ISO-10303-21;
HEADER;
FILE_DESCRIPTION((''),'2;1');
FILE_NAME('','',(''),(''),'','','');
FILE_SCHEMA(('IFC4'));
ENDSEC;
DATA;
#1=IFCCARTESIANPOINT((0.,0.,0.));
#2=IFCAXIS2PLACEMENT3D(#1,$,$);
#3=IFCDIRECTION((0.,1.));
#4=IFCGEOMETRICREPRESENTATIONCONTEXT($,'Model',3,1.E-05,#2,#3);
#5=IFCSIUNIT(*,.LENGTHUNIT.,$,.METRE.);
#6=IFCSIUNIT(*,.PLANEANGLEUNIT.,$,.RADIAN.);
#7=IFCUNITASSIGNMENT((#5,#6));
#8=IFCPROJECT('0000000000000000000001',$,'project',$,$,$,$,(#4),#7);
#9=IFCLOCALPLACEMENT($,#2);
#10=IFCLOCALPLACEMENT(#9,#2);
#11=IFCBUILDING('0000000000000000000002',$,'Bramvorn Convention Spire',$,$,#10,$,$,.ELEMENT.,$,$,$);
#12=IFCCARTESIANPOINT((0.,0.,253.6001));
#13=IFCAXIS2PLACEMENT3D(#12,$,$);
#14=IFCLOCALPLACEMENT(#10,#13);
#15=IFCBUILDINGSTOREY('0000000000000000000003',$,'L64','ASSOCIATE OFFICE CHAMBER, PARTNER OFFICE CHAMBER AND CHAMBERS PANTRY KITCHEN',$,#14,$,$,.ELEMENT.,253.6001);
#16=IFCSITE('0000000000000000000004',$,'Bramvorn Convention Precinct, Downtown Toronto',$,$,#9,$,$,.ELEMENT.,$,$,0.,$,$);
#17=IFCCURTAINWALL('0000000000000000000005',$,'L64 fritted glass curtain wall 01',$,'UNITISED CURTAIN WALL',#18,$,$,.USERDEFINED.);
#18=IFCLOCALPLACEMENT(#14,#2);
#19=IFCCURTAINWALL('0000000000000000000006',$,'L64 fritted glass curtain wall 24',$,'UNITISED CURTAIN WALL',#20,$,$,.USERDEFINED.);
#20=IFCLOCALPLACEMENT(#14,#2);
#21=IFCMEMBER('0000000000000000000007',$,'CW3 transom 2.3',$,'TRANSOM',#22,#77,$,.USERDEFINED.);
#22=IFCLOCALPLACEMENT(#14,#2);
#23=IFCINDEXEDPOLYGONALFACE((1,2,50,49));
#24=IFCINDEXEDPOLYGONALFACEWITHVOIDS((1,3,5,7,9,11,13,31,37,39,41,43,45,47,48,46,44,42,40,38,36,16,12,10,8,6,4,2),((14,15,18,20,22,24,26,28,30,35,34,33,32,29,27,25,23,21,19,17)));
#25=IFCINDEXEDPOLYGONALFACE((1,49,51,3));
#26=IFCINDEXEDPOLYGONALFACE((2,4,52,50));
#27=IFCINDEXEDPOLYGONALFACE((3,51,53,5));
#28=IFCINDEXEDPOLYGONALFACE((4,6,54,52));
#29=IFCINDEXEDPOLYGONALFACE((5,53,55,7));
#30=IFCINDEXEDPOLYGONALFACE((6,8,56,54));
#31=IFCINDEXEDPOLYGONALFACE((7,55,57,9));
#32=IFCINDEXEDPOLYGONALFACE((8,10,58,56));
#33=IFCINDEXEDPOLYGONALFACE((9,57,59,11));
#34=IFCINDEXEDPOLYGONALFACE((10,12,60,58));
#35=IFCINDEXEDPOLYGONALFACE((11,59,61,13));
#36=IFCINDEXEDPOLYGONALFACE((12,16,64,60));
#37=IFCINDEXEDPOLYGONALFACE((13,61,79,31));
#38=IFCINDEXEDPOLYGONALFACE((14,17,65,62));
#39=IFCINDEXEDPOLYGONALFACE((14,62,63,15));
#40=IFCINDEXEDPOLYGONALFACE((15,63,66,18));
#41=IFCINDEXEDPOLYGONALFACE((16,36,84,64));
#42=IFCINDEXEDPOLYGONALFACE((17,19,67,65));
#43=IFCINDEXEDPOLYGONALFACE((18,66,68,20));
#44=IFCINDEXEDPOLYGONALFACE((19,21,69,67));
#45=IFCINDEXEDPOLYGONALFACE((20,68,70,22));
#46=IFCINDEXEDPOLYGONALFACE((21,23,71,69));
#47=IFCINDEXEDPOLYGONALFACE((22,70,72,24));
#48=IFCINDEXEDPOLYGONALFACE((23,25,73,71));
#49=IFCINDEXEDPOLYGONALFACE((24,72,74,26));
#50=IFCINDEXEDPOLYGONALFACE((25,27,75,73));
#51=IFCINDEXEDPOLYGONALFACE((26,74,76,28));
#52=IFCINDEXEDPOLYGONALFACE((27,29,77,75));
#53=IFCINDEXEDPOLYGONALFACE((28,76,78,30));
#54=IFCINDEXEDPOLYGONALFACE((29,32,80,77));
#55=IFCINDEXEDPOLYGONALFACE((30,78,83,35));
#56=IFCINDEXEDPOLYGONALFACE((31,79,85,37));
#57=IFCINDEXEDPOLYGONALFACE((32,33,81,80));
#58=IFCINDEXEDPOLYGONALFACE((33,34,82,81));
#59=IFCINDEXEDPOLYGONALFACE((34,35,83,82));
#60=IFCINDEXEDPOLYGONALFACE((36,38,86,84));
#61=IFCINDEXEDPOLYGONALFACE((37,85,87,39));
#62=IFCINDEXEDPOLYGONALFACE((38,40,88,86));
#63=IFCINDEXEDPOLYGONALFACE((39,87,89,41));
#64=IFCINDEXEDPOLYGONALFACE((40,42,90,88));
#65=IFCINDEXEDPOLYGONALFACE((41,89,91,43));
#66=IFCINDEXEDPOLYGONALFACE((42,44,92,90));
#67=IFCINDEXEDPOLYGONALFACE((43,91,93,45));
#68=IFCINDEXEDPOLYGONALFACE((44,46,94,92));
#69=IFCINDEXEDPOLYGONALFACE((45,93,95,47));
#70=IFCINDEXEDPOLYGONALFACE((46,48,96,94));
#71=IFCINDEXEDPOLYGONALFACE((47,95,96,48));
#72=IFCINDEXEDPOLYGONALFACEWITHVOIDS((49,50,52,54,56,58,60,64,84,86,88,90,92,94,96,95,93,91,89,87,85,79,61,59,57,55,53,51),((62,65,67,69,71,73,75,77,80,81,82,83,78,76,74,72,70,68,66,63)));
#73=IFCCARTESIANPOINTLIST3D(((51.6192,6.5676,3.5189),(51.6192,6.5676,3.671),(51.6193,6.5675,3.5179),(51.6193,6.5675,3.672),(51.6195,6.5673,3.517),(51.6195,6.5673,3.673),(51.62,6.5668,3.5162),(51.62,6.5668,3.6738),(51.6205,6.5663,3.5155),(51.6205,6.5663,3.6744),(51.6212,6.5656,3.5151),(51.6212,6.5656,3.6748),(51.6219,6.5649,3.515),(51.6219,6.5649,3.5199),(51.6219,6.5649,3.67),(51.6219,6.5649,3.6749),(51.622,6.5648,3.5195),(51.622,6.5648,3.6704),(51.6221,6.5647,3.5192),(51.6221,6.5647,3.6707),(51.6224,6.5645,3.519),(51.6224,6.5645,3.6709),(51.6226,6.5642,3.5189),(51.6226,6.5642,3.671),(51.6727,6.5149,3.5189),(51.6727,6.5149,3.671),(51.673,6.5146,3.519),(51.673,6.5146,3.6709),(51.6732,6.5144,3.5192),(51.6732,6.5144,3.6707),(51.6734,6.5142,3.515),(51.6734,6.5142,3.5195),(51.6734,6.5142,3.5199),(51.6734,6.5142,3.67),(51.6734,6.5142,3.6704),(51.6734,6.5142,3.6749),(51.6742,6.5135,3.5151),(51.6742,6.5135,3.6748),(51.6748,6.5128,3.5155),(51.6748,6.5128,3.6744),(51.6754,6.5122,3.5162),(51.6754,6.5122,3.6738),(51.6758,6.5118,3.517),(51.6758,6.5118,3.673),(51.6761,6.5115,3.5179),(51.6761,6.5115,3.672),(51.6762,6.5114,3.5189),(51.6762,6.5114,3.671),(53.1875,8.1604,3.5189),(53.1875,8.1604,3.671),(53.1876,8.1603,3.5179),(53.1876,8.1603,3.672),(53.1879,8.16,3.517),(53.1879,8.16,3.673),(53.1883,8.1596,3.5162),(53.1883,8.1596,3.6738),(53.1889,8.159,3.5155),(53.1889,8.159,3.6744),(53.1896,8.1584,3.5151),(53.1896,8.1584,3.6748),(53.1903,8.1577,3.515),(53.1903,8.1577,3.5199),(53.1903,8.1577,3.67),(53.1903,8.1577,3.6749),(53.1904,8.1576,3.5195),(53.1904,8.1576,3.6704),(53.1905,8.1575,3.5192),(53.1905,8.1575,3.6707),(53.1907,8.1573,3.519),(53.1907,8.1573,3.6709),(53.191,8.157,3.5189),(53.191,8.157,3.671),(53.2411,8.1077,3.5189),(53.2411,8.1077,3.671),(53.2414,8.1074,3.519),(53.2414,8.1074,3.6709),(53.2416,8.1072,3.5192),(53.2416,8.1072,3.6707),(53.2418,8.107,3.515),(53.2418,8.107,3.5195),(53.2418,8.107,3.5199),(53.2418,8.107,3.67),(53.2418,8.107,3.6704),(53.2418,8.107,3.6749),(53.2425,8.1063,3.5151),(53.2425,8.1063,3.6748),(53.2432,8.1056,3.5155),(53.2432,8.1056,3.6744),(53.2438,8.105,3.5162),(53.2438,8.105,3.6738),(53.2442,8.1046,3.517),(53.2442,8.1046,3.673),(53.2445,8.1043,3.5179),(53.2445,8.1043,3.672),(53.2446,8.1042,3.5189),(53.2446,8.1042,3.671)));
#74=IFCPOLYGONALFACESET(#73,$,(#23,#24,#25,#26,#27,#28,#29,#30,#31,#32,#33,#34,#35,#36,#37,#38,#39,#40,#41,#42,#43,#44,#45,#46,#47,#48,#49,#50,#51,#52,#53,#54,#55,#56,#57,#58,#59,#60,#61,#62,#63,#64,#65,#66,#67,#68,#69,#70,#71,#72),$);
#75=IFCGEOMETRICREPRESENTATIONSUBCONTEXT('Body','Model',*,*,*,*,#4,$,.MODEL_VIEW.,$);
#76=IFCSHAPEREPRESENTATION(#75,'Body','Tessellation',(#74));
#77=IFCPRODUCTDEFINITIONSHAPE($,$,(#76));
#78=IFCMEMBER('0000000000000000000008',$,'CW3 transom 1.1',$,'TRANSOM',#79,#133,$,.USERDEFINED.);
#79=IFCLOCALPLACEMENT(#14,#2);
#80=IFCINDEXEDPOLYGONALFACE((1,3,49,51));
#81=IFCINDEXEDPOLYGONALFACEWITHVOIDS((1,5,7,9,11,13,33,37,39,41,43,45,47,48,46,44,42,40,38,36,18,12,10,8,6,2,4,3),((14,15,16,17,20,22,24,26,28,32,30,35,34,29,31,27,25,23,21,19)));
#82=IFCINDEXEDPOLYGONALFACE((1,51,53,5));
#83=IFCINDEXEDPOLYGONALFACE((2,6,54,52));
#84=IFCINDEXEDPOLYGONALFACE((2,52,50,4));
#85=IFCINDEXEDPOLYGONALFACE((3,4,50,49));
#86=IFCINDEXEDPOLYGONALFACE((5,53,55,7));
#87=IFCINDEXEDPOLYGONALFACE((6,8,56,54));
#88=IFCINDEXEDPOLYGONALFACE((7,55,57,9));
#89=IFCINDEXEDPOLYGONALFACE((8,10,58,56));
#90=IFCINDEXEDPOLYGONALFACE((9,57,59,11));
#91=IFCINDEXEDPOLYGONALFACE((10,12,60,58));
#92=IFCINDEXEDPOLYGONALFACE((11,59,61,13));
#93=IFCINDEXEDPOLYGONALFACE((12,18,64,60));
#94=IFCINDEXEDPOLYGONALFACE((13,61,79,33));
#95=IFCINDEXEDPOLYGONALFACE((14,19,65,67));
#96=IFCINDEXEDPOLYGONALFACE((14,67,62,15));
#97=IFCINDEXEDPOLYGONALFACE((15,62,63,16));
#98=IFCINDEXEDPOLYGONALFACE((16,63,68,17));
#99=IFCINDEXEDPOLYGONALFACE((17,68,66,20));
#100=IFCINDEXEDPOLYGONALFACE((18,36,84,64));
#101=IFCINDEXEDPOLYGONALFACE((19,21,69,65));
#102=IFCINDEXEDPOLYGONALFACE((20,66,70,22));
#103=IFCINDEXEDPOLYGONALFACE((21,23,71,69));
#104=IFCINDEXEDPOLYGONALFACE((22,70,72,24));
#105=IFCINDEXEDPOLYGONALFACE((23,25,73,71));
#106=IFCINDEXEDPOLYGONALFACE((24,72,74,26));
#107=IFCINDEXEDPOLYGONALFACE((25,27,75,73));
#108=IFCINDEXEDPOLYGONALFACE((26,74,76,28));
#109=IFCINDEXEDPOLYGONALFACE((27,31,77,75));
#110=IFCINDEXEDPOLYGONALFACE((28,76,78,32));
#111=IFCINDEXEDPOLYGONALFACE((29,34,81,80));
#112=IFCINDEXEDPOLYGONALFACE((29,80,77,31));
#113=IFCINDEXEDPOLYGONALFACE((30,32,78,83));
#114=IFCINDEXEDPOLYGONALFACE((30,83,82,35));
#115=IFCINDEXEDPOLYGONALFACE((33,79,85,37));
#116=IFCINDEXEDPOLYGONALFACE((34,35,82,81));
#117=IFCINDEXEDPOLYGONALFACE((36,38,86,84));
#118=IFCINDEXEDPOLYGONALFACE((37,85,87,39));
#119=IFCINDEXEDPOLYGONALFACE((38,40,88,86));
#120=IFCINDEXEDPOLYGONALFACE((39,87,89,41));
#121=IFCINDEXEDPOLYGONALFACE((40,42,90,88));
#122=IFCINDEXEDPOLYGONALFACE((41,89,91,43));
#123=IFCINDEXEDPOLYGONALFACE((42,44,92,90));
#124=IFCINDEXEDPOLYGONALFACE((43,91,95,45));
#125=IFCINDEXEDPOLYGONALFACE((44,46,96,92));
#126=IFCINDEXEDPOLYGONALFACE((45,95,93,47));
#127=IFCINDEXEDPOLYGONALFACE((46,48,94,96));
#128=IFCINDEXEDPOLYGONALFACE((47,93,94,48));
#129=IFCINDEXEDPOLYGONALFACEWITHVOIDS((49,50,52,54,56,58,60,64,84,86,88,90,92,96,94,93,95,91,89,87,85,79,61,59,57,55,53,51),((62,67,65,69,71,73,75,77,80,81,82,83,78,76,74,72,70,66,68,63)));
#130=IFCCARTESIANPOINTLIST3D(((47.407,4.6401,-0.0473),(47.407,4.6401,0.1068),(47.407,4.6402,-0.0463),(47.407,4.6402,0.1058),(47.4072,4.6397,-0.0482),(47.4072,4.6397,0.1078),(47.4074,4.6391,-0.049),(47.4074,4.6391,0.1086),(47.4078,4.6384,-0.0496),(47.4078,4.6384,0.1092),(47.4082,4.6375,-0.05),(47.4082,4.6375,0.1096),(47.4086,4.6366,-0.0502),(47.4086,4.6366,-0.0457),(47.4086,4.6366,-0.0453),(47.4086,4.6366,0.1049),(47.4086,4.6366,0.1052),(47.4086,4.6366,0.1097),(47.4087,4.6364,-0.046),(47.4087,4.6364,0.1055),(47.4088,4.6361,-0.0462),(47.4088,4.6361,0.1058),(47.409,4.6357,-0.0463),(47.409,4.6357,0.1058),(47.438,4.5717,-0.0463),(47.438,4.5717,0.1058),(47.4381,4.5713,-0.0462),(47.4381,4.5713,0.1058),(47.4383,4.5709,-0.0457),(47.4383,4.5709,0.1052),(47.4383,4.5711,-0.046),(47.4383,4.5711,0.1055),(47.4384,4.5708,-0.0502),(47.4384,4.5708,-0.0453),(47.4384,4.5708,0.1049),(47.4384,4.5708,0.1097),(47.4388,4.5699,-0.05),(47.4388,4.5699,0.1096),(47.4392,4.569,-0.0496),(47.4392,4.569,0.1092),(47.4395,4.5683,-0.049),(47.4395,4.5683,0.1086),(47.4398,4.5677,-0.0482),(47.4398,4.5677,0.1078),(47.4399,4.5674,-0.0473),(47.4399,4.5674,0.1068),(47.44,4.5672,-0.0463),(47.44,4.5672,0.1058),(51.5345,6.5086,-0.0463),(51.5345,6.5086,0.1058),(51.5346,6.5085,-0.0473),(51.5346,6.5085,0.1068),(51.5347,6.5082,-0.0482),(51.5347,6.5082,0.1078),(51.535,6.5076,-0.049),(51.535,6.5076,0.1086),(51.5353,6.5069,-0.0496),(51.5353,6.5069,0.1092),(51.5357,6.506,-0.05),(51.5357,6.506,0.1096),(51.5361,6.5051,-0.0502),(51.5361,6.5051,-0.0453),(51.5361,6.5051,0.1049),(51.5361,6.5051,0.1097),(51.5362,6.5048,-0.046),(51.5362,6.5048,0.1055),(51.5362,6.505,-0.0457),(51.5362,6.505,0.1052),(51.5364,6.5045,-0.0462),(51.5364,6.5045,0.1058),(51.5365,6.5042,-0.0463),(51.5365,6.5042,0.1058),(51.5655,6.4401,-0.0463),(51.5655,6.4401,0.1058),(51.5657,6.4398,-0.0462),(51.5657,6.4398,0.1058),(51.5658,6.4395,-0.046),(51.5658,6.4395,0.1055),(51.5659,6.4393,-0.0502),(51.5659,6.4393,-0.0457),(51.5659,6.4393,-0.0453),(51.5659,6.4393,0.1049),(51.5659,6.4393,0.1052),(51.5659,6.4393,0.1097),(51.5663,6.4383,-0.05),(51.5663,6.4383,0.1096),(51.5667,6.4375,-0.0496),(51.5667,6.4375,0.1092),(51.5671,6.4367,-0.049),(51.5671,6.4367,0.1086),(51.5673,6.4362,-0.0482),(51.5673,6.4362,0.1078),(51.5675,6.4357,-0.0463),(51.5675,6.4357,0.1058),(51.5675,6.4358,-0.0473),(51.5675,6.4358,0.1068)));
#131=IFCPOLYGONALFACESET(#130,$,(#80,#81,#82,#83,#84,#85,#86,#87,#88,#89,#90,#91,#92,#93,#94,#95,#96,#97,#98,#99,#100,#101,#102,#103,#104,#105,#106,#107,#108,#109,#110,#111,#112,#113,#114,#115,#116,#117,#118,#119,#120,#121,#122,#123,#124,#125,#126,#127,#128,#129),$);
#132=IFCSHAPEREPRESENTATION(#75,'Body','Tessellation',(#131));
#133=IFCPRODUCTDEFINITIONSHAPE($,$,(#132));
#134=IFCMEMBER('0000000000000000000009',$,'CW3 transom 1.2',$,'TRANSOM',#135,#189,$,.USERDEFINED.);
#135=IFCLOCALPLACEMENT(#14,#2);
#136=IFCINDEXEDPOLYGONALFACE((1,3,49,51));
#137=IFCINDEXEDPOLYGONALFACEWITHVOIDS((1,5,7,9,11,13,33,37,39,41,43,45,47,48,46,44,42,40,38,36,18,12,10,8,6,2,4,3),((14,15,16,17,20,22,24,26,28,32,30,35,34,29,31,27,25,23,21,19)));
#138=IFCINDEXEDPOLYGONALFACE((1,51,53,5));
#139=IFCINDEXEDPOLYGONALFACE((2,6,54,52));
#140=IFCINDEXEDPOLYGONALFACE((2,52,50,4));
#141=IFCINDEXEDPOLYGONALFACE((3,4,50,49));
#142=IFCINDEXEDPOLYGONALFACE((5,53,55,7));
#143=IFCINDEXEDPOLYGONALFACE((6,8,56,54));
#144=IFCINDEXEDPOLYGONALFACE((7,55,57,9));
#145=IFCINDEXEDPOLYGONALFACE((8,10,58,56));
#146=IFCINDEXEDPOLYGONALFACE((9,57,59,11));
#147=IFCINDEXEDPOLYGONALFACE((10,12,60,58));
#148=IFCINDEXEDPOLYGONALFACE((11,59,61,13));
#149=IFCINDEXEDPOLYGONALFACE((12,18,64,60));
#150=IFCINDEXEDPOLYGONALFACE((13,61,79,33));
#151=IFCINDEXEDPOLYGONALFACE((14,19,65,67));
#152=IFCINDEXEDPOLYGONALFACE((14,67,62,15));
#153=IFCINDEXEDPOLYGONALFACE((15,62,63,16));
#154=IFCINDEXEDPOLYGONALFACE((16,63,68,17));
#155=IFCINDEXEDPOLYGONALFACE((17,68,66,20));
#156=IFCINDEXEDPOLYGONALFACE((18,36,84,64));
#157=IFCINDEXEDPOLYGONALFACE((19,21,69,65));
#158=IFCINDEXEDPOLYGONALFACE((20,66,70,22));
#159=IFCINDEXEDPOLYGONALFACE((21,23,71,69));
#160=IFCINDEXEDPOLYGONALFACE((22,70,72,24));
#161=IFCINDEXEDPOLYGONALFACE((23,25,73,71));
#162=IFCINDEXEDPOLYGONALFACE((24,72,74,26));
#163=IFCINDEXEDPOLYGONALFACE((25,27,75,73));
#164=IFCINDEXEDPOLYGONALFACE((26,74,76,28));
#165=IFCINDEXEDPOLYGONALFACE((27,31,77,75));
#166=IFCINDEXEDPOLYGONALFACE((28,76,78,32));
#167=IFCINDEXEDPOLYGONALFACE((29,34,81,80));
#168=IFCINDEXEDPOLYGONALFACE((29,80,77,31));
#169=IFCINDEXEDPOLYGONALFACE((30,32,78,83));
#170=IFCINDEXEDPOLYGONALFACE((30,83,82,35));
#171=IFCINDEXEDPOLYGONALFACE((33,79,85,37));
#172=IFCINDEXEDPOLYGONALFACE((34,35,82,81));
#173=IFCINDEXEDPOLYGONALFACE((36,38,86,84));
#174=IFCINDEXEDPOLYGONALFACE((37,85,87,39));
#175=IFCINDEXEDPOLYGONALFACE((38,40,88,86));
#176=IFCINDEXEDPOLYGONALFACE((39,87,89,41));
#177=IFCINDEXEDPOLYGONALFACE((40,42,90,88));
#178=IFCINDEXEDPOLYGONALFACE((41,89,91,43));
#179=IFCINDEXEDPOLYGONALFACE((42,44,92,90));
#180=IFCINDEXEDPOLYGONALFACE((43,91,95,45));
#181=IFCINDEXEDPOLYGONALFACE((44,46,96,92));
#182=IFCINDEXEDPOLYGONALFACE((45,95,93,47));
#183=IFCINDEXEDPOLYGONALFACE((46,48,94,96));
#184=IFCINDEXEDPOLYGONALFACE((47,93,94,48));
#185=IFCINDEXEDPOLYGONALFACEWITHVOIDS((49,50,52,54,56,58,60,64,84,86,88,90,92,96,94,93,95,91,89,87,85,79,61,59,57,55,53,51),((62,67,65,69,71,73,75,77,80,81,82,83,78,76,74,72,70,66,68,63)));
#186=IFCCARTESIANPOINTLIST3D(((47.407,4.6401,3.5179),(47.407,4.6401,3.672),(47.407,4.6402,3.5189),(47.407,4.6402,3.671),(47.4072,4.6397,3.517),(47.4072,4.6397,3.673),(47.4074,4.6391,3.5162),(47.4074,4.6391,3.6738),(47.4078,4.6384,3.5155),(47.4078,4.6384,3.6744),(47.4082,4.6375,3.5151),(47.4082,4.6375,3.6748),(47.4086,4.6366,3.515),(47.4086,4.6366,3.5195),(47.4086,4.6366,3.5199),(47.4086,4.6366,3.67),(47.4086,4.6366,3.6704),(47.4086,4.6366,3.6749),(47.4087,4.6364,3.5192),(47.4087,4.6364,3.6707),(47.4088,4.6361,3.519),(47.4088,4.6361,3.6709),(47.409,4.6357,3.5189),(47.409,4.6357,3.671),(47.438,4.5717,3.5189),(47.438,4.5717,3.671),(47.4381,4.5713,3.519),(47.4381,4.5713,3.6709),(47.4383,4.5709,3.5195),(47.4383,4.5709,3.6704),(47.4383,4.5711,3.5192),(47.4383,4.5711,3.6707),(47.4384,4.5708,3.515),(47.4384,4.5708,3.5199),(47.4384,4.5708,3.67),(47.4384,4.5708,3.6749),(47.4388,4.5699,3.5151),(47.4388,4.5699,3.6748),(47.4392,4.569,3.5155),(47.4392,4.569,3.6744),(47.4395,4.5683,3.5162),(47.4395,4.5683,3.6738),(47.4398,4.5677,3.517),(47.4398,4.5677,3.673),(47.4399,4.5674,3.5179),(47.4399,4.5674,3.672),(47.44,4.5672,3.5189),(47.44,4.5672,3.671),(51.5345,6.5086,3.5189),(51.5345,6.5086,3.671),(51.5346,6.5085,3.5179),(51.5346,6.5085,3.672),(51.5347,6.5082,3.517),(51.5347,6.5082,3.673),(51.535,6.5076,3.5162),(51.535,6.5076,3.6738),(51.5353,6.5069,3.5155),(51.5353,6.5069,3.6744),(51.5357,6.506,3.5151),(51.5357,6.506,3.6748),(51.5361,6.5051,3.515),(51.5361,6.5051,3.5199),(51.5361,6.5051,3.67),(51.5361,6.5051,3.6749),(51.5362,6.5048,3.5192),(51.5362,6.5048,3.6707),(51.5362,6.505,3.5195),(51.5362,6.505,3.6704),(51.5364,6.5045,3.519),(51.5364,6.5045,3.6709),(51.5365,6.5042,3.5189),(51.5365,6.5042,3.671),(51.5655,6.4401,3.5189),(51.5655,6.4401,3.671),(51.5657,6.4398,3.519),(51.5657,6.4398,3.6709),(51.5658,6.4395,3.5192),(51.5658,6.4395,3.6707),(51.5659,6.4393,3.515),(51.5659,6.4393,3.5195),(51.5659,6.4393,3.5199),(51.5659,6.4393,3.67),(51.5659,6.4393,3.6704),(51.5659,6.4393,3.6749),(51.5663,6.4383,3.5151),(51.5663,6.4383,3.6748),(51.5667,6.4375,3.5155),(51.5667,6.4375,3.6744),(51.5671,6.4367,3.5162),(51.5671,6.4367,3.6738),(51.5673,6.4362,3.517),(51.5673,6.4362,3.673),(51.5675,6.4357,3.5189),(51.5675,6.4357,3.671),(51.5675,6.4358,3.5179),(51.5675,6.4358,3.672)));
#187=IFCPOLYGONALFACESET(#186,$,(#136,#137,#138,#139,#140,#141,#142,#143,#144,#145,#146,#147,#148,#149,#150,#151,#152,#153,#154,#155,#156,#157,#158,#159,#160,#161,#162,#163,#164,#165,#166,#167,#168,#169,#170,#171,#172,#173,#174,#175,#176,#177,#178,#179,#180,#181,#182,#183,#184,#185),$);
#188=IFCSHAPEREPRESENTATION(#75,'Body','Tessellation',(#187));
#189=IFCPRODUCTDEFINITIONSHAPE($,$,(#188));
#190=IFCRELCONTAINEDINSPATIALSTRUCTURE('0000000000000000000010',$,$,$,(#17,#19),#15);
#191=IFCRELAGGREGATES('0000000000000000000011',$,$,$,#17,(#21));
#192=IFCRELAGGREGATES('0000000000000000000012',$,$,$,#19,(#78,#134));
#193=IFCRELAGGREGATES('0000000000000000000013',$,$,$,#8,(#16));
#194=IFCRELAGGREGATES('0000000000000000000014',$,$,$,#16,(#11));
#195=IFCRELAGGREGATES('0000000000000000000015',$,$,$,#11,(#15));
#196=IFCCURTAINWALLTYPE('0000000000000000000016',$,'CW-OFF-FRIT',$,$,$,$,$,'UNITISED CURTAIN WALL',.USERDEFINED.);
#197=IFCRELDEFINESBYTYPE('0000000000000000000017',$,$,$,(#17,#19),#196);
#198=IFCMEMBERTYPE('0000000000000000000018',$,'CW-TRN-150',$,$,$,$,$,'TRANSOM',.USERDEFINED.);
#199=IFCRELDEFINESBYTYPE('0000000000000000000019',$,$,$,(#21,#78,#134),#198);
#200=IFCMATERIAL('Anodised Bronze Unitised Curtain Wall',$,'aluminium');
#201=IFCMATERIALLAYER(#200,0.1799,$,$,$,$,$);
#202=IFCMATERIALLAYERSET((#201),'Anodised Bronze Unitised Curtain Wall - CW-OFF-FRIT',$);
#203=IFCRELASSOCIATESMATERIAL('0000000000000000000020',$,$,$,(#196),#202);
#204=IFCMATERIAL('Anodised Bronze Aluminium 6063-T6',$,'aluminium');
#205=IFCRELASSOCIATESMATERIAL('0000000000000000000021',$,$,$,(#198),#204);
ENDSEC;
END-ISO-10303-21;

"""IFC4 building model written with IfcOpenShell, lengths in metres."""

from ifc_helpers import new_model, si_unit, direction, frame, origin, origin_2d, place, context, subcontext, project, spatial, hollow_rectangle, extrude, material, layer, layer_set, material_profile, profile_set, type_object, element, aggregate, save


model = new_model("IFC4")

# Units and contexts
model_context = context("Model", 3, precision=1e-05, world=origin(), true_north=direction((0.0, 1.0)))
body_context = subcontext(model_context, "Body", "Model", "MODEL_VIEW")
ifc_project = project(units=[si_unit("LENGTHUNIT", "METRE"), si_unit("PLANEANGLEUNIT", "RADIAN")], contexts=[model_context])

# Site, building, storey
site_placement = place(None, origin())
site = spatial("IfcSite", under=ifc_project, at=site_placement, Name="Bramvorn Convention Precinct, Downtown Toronto", CompositionType="ELEMENT", RefElevation=0.0)
building_placement = place(site_placement, origin())
building = spatial("IfcBuilding", under=site, at=building_placement, Name="Bramvorn Convention Spire", CompositionType="ELEMENT")
storey_placement = place(building_placement, frame((0.0, 0.0, 253.6001)))
storey = spatial("IfcBuildingStorey", under=building, at=storey_placement, Name="L64", Description="ASSOCIATE OFFICE CHAMBER, PARTNER OFFICE CHAMBER AND CHAMBERS PANTRY KITCHEN", CompositionType="ELEMENT", Elevation=253.6001)

# Curtain wall
ifc_material_1 = material(Name="Anodised Bronze Unitised Curtain Wall", Category="aluminium")
ifc_layer_1 = layer(ifc_material_1, 0.1799)
ifc_layer_set_1 = layer_set([ifc_layer_1], Name="Anodised Bronze Unitised Curtain Wall - CW-OFF-FRIT")
curtain_wall_type = type_object("IfcCurtainWallType", Name="CW-OFF-FRIT", ElementType="UNITISED CURTAIN WALL", PredefinedType="USERDEFINED", material=ifc_layer_set_1)
curtain_wall_1_placement = place(storey_placement, origin())
curtain_wall_1 = element("IfcCurtainWall", 1, at=curtain_wall_1_placement, inside=storey, type_object=curtain_wall_type, Name="L64 fritted glass curtain wall 01", ObjectType="UNITISED CURTAIN WALL", PredefinedType="USERDEFINED")
ifc_material_2 = material(Name="Anodised Bronze Aluminium 6063-T6", Category="aluminium")

# Curtain wall
curtain_wall_2_placement = place(storey_placement, origin())
curtain_wall_2 = element("IfcCurtainWall", 2, at=curtain_wall_2_placement, inside=storey, type_object=curtain_wall_type, Name="L64 fritted glass curtain wall 24", ObjectType="UNITISED CURTAIN WALL", PredefinedType="USERDEFINED")

# Members
ifc_material_profile_1 = material_profile(ifc_material_2, hollow_rectangle(XDim=0.0801, YDim=0.1599, WallThickness=0.0039, InnerFilletRadius=0.001, OuterFilletRadius=0.0039, at=origin_2d()))
ifc_profile_set_1 = profile_set([ifc_material_profile_1], Name="Anodised Bronze Aluminium 6063-T6 - CWT80X160")
member_type_1 = type_object("IfcMemberType", Name="CW-TRN-150", ElementType="TRANSOM", PredefinedType="USERDEFINED", material=ifc_profile_set_1)
member_1_placement = place(storey_placement, frame((53.2161, 8.1323, 3.595), z_axis=(-0.701625, -0.712547, 0.0), x_axis=(0.712547, -0.701625, 0.0)))
member_1 = element("IfcMember", 3, at=member_1_placement, type_object=member_type_1, Name="CW3 transom 2.3", ObjectType="TRANSOM", PredefinedType="USERDEFINED", context=body_context, shape_type="SweptSolid", body=[
    extrude(hollow_rectangle(XDim=0.0801, YDim=0.1599, WallThickness=0.0039, InnerFilletRadius=0.001, OuterFilletRadius=0.0039, at=origin_2d()), origin(), (0.0, 0.0, 1.0), 2.2354),
])
member_2_placement = place(storey_placement, frame((51.551, 6.4722, 0.0298), z_axis=(-0.911006, -0.412394, 0.0), x_axis=(0.412394, -0.911006, 0.0)))
member_2 = element("IfcMember", 4, at=member_2_placement, type_object=member_type_1, Name="CW3 transom 1.1", ObjectType="TRANSOM", PredefinedType="USERDEFINED", context=body_context, shape_type="SweptSolid", body=[
    extrude(hollow_rectangle(XDim=0.0801, YDim=0.1599, WallThickness=0.0039, InnerFilletRadius=0.001, OuterFilletRadius=0.0039, at=origin_2d()), origin(), (0.0, 0.0, 1.0), 4.5308),
])
member_3_placement = place(storey_placement, frame((51.551, 6.4722, 3.595), z_axis=(-0.911006, -0.412394, 0.0), x_axis=(0.412394, -0.911006, 0.0)))
member_3 = element("IfcMember", 5, at=member_3_placement, type_object=member_type_1, Name="CW3 transom 1.2", ObjectType="TRANSOM", PredefinedType="USERDEFINED", context=body_context, shape_type="SweptSolid", body=[
    extrude(hollow_rectangle(XDim=0.0801, YDim=0.1599, WallThickness=0.0039, InnerFilletRadius=0.001, OuterFilletRadius=0.0039, at=origin_2d()), origin(), (0.0, 0.0, 1.0), 4.5308),
])

aggregate(curtain_wall_1, [member_1])
aggregate(curtain_wall_2, [member_2, member_3])

save(model, "model.ifc")
